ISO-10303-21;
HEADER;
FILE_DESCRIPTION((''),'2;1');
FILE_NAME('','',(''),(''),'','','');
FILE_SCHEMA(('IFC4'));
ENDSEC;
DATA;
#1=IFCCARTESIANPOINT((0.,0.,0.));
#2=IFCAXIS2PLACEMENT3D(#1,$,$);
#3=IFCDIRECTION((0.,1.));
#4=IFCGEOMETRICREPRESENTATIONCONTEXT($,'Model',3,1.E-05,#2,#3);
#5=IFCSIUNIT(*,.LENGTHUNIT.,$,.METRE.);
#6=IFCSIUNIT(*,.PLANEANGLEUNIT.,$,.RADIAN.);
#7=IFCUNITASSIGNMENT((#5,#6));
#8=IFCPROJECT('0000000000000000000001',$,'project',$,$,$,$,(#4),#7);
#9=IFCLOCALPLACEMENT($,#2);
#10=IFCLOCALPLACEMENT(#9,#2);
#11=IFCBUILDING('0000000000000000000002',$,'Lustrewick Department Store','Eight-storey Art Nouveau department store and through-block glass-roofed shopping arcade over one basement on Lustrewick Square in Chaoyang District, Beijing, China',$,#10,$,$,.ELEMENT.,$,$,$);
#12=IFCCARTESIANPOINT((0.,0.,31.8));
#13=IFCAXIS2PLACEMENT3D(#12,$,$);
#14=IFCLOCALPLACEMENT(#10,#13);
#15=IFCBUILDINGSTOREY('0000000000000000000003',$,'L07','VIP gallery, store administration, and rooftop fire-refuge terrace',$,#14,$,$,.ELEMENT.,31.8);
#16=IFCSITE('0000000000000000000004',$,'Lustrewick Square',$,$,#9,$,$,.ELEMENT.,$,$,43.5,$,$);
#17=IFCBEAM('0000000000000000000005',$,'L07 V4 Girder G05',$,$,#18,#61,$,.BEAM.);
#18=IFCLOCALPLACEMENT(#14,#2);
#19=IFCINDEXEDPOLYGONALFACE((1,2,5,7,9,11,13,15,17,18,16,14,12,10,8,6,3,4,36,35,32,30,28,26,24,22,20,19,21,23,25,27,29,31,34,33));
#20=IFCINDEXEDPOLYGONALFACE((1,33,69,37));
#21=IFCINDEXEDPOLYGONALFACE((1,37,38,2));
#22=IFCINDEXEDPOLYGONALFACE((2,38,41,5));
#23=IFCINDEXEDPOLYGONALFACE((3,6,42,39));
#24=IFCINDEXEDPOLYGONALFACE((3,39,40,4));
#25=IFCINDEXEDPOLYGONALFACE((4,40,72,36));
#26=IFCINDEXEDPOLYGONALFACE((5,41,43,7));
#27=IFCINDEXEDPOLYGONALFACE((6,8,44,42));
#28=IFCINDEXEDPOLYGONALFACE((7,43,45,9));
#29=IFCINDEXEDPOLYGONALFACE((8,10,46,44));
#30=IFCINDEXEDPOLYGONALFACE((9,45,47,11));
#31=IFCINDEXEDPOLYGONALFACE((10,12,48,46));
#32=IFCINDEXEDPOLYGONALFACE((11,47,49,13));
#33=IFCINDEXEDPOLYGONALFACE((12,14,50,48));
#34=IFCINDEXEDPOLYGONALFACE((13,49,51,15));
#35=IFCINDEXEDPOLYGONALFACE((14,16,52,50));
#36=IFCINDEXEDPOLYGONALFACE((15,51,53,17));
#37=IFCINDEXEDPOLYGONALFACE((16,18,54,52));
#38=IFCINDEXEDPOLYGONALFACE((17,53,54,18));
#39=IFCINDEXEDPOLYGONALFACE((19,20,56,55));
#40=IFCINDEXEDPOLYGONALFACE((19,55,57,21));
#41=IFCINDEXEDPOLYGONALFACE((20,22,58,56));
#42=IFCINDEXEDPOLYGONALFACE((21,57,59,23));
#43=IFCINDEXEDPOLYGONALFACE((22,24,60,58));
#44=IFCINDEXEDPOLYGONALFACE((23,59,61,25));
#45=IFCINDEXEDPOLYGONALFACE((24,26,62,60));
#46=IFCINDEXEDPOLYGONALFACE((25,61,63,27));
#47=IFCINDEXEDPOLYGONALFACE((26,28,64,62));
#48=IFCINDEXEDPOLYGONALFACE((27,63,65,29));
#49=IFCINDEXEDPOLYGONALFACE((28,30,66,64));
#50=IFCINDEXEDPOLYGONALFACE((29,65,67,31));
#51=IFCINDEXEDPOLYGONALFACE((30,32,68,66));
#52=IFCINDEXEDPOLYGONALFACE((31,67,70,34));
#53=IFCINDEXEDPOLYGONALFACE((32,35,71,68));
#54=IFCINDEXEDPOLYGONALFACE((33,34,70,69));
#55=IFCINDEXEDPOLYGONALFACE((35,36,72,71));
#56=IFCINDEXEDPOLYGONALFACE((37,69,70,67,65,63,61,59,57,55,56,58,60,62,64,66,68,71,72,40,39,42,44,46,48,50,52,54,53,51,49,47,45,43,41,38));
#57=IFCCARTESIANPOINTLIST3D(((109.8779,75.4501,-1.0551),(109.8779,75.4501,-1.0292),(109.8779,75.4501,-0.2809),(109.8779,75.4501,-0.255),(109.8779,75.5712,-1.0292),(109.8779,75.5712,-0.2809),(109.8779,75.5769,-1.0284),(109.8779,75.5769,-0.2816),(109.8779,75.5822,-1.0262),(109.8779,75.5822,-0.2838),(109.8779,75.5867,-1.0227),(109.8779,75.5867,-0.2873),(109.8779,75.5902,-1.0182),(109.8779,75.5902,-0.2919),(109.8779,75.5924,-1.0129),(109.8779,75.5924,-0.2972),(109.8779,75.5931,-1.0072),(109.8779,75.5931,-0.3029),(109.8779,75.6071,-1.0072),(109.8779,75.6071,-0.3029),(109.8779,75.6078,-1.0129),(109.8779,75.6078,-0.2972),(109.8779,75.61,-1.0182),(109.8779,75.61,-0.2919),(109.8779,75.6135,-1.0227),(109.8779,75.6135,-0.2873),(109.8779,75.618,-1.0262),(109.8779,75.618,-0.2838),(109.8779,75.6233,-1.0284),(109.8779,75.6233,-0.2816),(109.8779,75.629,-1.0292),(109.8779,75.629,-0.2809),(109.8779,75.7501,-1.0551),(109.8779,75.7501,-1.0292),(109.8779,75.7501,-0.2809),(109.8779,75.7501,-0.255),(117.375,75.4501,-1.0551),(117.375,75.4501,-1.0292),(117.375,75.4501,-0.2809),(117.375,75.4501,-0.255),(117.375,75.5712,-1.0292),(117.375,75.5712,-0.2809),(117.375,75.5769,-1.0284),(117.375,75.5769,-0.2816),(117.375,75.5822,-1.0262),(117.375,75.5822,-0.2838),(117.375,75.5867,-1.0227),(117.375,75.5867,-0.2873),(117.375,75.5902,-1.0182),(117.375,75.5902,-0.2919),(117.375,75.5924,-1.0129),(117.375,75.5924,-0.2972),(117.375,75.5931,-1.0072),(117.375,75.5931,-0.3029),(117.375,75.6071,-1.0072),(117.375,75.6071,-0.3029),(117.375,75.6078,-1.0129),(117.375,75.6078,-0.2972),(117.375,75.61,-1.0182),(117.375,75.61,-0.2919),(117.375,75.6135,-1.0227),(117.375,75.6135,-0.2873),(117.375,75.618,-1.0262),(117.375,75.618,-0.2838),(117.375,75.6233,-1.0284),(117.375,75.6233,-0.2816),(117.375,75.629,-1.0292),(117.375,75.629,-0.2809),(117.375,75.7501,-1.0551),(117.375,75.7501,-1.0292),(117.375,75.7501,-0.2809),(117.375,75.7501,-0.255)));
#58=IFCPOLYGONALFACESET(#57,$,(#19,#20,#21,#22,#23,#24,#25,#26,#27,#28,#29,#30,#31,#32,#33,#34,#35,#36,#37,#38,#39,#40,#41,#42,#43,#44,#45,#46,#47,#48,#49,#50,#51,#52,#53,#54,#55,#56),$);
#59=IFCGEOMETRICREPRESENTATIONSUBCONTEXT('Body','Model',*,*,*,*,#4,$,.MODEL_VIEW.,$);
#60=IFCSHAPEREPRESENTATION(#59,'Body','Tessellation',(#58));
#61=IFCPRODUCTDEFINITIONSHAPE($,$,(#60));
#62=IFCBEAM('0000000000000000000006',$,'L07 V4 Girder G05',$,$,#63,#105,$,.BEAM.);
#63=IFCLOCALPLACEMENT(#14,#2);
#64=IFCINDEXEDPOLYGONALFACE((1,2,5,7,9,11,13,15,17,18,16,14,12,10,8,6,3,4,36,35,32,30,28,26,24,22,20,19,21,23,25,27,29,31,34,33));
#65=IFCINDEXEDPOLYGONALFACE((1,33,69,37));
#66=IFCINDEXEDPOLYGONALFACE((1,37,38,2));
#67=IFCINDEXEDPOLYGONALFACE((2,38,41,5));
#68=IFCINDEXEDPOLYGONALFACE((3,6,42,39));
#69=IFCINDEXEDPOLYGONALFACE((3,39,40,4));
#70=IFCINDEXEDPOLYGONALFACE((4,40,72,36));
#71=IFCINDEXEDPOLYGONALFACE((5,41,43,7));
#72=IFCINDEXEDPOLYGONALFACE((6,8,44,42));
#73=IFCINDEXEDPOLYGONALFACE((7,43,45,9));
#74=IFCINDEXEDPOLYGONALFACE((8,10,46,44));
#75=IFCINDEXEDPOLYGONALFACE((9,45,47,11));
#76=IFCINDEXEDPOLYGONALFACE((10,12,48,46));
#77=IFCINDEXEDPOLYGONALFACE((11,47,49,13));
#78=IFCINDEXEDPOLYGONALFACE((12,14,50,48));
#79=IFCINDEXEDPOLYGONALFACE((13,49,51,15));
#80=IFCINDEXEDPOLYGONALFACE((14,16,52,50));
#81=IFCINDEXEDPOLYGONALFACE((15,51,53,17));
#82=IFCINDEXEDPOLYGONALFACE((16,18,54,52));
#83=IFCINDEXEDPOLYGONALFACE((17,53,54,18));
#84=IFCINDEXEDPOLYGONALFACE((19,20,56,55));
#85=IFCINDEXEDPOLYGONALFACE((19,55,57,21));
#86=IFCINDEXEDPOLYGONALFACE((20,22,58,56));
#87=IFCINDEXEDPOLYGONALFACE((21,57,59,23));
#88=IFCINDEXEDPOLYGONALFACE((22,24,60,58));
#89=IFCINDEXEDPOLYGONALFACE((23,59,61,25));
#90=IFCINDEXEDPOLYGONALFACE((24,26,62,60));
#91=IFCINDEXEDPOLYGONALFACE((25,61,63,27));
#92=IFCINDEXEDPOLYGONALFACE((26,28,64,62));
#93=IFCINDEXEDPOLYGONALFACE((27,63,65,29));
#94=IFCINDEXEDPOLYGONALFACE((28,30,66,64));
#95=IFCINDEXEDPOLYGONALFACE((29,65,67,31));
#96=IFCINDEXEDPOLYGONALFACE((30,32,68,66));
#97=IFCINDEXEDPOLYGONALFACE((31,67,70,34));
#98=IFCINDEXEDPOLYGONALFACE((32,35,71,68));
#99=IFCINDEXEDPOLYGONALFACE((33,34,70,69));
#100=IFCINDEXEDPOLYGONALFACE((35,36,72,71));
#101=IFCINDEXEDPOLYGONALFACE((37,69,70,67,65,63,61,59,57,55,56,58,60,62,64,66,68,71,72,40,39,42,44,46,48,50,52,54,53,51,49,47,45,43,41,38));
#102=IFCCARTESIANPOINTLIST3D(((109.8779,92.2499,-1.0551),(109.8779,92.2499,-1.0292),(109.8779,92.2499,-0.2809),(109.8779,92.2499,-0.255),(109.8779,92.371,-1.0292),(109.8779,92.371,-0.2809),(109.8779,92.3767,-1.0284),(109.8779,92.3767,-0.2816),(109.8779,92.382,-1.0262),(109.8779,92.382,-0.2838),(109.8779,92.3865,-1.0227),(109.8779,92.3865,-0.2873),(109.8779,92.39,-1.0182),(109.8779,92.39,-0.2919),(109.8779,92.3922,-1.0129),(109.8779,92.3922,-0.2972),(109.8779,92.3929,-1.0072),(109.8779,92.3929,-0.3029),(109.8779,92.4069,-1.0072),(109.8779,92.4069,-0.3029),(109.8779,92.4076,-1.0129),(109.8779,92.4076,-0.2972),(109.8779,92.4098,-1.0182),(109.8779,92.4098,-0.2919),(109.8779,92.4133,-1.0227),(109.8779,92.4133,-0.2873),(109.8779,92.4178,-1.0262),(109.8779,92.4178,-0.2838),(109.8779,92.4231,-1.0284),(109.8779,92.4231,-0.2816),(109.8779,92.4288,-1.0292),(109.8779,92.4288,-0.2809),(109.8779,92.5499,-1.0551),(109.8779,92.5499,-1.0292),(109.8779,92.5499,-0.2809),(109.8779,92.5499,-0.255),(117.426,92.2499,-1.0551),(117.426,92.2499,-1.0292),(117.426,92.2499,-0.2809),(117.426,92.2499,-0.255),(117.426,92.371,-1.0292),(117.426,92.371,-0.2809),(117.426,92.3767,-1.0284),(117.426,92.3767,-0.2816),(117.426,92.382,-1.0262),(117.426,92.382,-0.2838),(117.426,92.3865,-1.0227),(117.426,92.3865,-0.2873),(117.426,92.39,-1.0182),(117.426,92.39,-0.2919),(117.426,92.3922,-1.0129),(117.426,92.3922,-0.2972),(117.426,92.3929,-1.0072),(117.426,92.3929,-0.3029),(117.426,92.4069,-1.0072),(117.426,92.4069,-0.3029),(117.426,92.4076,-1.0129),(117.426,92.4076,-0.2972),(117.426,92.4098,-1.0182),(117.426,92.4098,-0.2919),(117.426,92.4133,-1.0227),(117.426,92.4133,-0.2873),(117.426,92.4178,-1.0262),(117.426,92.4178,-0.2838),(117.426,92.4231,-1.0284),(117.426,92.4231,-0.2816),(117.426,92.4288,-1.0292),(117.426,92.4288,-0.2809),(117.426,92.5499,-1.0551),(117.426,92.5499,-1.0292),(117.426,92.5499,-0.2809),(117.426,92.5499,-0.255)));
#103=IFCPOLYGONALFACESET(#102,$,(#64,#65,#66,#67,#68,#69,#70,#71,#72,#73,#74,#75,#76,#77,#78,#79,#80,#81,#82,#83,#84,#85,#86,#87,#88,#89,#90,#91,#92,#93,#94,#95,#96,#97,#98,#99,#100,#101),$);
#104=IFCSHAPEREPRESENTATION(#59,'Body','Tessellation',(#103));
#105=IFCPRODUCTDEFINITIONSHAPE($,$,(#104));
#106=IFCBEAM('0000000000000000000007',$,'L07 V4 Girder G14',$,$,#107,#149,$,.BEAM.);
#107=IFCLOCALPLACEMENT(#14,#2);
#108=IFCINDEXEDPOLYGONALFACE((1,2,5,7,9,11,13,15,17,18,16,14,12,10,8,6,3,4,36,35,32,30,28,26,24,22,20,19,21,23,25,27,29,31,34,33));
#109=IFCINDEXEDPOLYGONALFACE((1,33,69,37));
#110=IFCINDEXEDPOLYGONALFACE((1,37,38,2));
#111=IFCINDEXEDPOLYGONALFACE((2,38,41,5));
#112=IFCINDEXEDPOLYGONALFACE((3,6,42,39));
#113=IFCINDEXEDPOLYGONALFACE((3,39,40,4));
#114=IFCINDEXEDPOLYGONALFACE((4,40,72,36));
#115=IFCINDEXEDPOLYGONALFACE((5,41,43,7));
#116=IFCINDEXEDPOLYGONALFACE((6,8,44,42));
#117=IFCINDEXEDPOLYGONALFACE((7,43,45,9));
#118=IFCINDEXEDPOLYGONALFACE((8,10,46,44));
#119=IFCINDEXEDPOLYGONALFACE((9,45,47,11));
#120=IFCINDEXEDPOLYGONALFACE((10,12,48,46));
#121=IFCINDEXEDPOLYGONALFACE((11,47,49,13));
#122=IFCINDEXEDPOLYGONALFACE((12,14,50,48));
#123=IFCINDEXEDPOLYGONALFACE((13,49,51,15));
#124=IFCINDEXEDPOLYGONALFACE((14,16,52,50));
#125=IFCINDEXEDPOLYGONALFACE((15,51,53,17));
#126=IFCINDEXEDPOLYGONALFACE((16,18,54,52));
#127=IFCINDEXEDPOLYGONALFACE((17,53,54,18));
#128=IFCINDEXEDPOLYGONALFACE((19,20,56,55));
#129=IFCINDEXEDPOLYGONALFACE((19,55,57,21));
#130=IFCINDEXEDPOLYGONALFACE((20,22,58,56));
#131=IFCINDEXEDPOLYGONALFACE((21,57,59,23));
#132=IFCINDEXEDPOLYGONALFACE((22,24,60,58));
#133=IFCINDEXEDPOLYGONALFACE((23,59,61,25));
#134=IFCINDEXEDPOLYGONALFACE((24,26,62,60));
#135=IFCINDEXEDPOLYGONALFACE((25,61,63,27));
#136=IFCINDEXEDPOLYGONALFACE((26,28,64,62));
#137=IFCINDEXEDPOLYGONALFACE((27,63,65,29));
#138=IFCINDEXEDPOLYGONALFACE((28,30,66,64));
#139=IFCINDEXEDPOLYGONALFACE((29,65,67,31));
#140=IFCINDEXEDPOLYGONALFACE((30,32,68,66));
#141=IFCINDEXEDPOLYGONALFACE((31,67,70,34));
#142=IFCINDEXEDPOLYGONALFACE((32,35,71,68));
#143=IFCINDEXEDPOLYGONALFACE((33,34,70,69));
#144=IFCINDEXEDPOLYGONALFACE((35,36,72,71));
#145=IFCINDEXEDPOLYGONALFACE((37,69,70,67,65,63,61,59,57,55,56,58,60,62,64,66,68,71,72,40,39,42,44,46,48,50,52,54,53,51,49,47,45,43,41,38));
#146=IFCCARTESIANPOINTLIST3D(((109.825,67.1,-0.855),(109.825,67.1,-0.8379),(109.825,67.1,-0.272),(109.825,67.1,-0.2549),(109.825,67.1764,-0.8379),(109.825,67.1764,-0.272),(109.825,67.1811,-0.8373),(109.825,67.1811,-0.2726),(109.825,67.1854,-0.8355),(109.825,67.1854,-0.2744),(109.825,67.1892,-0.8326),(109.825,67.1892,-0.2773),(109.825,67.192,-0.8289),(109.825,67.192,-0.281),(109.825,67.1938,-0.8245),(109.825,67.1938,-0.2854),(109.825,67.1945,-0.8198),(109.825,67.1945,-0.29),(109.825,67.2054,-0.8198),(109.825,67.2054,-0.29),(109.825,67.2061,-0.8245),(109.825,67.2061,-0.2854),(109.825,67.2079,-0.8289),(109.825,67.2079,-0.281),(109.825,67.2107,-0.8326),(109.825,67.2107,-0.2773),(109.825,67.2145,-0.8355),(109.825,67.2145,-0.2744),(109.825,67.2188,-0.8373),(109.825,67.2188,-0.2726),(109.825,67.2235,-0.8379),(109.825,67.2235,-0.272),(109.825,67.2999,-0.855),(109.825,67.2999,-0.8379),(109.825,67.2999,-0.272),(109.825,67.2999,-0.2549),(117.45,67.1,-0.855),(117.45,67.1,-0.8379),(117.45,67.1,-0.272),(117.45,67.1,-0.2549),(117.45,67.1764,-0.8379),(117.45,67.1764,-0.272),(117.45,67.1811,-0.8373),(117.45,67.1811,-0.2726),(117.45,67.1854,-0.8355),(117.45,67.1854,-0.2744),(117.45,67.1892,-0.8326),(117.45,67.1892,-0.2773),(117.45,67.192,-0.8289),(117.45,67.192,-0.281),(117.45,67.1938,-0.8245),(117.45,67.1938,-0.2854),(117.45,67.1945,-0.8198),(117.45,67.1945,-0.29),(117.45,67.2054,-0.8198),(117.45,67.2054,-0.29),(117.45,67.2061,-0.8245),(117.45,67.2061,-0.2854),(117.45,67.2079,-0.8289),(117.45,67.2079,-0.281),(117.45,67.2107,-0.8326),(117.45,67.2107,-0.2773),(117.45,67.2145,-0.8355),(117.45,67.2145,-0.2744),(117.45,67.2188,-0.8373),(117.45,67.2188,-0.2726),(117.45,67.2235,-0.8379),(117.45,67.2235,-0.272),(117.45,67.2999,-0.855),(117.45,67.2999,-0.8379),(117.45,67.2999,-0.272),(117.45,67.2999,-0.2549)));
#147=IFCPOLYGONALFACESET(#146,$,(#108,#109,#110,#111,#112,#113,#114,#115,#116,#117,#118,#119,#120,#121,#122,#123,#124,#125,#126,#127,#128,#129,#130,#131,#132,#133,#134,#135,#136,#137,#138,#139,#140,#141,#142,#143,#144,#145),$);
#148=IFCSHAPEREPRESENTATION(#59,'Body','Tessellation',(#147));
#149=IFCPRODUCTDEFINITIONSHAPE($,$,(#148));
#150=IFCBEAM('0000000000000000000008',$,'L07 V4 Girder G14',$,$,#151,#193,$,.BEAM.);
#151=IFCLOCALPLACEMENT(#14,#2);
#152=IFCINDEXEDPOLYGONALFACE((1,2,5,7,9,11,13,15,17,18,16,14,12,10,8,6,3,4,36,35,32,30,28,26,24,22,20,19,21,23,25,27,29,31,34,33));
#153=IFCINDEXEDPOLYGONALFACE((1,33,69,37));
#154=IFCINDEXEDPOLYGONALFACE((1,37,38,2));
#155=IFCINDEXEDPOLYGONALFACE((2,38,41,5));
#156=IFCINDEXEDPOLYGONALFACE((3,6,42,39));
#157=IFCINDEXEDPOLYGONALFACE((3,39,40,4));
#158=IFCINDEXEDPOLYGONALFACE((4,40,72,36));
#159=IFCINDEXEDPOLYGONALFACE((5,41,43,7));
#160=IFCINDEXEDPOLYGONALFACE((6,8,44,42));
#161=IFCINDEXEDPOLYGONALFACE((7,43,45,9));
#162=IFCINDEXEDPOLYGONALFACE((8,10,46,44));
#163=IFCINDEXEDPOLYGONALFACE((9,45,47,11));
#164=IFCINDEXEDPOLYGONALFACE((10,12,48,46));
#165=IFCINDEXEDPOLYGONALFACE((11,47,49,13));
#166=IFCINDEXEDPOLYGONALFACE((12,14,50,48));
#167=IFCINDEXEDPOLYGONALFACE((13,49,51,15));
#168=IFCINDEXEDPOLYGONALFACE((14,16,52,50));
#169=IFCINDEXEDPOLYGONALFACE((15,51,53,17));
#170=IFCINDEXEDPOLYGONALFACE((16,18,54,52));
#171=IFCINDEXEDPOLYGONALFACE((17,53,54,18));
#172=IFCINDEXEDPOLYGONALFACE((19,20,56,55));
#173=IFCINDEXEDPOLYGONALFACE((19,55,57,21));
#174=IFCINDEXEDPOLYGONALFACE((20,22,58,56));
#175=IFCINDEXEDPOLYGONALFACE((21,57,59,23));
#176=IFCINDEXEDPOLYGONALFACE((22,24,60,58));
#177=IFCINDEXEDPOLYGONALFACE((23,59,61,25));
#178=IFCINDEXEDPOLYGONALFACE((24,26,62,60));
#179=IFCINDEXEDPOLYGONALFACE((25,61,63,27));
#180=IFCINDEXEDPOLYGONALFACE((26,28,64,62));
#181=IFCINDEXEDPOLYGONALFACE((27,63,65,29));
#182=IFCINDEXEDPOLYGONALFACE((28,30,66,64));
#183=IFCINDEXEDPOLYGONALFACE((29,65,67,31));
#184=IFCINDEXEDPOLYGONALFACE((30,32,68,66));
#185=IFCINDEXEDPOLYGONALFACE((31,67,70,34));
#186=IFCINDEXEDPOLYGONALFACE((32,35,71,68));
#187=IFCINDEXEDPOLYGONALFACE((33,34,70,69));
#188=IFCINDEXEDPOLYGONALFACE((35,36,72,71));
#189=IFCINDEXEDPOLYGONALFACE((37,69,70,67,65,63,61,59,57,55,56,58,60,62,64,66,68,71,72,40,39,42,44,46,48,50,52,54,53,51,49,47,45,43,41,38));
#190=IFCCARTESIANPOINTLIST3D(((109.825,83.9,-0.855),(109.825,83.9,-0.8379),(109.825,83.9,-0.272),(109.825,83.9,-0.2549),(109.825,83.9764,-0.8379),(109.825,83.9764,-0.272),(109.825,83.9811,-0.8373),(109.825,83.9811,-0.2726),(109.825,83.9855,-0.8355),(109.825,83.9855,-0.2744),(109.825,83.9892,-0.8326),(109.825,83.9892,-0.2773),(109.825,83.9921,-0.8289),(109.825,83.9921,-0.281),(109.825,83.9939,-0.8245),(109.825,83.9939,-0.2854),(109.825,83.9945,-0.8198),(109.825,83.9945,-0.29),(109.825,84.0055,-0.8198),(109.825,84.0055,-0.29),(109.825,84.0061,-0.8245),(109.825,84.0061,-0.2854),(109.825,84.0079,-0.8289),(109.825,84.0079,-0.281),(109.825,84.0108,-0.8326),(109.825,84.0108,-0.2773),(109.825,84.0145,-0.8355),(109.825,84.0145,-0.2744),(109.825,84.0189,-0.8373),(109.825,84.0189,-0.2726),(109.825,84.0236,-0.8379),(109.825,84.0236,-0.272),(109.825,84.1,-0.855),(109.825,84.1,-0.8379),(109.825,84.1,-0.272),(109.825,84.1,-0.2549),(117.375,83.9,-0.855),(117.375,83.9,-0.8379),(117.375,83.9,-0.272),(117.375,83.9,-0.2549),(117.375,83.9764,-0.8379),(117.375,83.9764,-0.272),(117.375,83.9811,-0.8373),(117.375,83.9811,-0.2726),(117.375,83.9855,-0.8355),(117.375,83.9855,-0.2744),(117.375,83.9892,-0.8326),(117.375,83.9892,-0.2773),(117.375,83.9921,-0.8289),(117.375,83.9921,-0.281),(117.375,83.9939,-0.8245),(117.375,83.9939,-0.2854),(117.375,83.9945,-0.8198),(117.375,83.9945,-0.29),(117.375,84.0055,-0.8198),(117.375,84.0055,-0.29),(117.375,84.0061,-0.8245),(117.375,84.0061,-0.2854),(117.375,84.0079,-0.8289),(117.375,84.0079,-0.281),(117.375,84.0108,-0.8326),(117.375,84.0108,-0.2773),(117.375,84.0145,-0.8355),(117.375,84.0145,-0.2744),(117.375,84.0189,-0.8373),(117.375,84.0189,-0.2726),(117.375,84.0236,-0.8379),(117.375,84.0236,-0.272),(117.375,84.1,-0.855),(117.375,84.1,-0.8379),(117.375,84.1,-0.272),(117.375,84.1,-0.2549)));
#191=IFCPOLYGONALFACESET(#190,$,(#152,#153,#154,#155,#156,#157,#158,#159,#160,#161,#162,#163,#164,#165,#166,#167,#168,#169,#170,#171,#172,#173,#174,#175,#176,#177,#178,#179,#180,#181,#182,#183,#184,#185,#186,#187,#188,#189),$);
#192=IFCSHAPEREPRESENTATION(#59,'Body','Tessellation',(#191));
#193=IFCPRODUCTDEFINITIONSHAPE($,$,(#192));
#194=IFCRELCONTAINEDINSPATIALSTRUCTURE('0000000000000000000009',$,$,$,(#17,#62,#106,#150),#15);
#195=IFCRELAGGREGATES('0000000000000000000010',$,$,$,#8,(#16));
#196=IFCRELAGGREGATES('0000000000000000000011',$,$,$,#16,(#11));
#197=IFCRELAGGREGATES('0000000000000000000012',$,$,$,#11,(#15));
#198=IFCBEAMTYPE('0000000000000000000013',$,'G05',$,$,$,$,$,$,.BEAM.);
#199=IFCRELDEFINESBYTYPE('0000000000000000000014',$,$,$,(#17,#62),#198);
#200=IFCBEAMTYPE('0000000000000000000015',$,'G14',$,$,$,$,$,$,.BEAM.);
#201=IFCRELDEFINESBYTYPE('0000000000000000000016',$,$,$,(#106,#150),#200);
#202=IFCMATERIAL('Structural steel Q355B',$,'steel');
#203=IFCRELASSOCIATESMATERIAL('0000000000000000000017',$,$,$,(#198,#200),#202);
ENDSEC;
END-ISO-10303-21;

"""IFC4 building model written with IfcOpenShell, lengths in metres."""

from ifc_helpers import new_model, si_unit, direction, frame, origin, origin_2d, place, context, subcontext, project, spatial, i_section, extrude, material, material_profile, profile_set, type_object, element, save


model = new_model("IFC4")

# Units and contexts
model_context = context("Model", 3, precision=1e-05, world=origin(), true_north=direction((0.0, 1.0)))
body_context = subcontext(model_context, "Body", "Model", "MODEL_VIEW")
ifc_project = project(units=[si_unit("LENGTHUNIT", "METRE"), si_unit("PLANEANGLEUNIT", "RADIAN")], contexts=[model_context])

# Site, building, storey
site_placement = place(None, origin())
site = spatial("IfcSite", under=ifc_project, at=site_placement, Name="Lustrewick Square", CompositionType="ELEMENT", RefElevation=43.5)
building_placement = place(site_placement, origin())
building = spatial("IfcBuilding", under=site, at=building_placement, Name="Lustrewick Department Store", Description="Eight-storey Art Nouveau department store and through-block glass-roofed shopping arcade over one basement on Lustrewick Square in Chaoyang District, Beijing, China", CompositionType="ELEMENT")
storey_placement = place(building_placement, frame((0.0, 0.0, 31.8)))
storey = spatial("IfcBuildingStorey", under=building, at=storey_placement, Name="L07", Description="VIP gallery, store administration, and rooftop fire-refuge terrace", CompositionType="ELEMENT", Elevation=31.8)

# Shared definitions
ifc_material_1 = material(Name="Structural steel Q355B", Category="steel")

# Beams
ifc_material_profile_1 = material_profile(ifc_material_1, i_section(OverallWidth=0.3, OverallDepth=0.8, WebThickness=0.0139, FlangeThickness=0.0259, FilletRadius=0.022, at=origin_2d()), Name="HN 800x300x14x26")
ifc_profile_set_1 = profile_set([ifc_material_profile_1], Name="Structural steel Q355B")
beam_type_1 = type_object("IfcBeamType", Name="G05", PredefinedType="BEAM", material=ifc_profile_set_1)
beam_1_placement = place(storey_placement, frame((109.8779, 75.6001, -0.655), z_axis=(1.0, 0.0, 0.0), x_axis=(0.0, 1.0, 0.0)))
element("IfcBeam", 1, at=beam_1_placement, inside=storey, type_object=beam_type_1, Name="L07 V4 Girder G05", PredefinedType="BEAM", context=body_context, shape_type="SweptSolid", body=[
    extrude(i_section(OverallWidth=0.3, OverallDepth=0.8, WebThickness=0.0139, FlangeThickness=0.0259, FilletRadius=0.022, at=origin_2d()), origin(), (0.0, 0.0, 1.0), 7.4971),
])
beam_2_placement = place(storey_placement, frame((109.8779, 92.3999, -0.655), z_axis=(1.0, 0.0, 0.0), x_axis=(0.0, 1.0, 0.0)))
element("IfcBeam", 2, at=beam_2_placement, inside=storey, type_object=beam_type_1, Name="L07 V4 Girder G05", PredefinedType="BEAM", context=body_context, shape_type="SweptSolid", body=[
    extrude(i_section(OverallWidth=0.3, OverallDepth=0.8, WebThickness=0.0139, FlangeThickness=0.0259, FilletRadius=0.022, at=origin_2d()), origin(), (0.0, 0.0, 1.0), 7.5481),
])
ifc_material_profile_2 = material_profile(ifc_material_1, i_section(OverallWidth=0.2, OverallDepth=0.6001, WebThickness=0.011, FlangeThickness=0.0171, FilletRadius=0.0181, at=origin_2d()), Name="HN 600x200x11x17")
ifc_profile_set_2 = profile_set([ifc_material_profile_2], Name="Structural steel Q355B")
beam_type_2 = type_object("IfcBeamType", Name="G14", PredefinedType="BEAM", material=ifc_profile_set_2)
beam_3_placement = place(storey_placement, frame((109.825, 67.2, -0.5549), z_axis=(1.0, 0.0, 0.0), x_axis=(0.0, 1.0, 0.0)))
element("IfcBeam", 3, at=beam_3_placement, inside=storey, type_object=beam_type_2, Name="L07 V4 Girder G14", PredefinedType="BEAM", context=body_context, shape_type="SweptSolid", body=[
    extrude(i_section(OverallWidth=0.2, OverallDepth=0.6001, WebThickness=0.011, FlangeThickness=0.0171, FilletRadius=0.0181, at=origin_2d()), origin(), (0.0, 0.0, 1.0), 7.625),
])
beam_4_placement = place(storey_placement, frame((109.825, 84.0, -0.5549), z_axis=(1.0, 0.0, 0.0), x_axis=(0.0, 1.0, 0.0)))
element("IfcBeam", 4, at=beam_4_placement, inside=storey, type_object=beam_type_2, Name="L07 V4 Girder G14", PredefinedType="BEAM", context=body_context, shape_type="SweptSolid", body=[
    extrude(i_section(OverallWidth=0.2, OverallDepth=0.6001, WebThickness=0.011, FlangeThickness=0.0171, FilletRadius=0.0181, at=origin_2d()), origin(), (0.0, 0.0, 1.0), 7.55),
])

save(model, "model.ifc")
